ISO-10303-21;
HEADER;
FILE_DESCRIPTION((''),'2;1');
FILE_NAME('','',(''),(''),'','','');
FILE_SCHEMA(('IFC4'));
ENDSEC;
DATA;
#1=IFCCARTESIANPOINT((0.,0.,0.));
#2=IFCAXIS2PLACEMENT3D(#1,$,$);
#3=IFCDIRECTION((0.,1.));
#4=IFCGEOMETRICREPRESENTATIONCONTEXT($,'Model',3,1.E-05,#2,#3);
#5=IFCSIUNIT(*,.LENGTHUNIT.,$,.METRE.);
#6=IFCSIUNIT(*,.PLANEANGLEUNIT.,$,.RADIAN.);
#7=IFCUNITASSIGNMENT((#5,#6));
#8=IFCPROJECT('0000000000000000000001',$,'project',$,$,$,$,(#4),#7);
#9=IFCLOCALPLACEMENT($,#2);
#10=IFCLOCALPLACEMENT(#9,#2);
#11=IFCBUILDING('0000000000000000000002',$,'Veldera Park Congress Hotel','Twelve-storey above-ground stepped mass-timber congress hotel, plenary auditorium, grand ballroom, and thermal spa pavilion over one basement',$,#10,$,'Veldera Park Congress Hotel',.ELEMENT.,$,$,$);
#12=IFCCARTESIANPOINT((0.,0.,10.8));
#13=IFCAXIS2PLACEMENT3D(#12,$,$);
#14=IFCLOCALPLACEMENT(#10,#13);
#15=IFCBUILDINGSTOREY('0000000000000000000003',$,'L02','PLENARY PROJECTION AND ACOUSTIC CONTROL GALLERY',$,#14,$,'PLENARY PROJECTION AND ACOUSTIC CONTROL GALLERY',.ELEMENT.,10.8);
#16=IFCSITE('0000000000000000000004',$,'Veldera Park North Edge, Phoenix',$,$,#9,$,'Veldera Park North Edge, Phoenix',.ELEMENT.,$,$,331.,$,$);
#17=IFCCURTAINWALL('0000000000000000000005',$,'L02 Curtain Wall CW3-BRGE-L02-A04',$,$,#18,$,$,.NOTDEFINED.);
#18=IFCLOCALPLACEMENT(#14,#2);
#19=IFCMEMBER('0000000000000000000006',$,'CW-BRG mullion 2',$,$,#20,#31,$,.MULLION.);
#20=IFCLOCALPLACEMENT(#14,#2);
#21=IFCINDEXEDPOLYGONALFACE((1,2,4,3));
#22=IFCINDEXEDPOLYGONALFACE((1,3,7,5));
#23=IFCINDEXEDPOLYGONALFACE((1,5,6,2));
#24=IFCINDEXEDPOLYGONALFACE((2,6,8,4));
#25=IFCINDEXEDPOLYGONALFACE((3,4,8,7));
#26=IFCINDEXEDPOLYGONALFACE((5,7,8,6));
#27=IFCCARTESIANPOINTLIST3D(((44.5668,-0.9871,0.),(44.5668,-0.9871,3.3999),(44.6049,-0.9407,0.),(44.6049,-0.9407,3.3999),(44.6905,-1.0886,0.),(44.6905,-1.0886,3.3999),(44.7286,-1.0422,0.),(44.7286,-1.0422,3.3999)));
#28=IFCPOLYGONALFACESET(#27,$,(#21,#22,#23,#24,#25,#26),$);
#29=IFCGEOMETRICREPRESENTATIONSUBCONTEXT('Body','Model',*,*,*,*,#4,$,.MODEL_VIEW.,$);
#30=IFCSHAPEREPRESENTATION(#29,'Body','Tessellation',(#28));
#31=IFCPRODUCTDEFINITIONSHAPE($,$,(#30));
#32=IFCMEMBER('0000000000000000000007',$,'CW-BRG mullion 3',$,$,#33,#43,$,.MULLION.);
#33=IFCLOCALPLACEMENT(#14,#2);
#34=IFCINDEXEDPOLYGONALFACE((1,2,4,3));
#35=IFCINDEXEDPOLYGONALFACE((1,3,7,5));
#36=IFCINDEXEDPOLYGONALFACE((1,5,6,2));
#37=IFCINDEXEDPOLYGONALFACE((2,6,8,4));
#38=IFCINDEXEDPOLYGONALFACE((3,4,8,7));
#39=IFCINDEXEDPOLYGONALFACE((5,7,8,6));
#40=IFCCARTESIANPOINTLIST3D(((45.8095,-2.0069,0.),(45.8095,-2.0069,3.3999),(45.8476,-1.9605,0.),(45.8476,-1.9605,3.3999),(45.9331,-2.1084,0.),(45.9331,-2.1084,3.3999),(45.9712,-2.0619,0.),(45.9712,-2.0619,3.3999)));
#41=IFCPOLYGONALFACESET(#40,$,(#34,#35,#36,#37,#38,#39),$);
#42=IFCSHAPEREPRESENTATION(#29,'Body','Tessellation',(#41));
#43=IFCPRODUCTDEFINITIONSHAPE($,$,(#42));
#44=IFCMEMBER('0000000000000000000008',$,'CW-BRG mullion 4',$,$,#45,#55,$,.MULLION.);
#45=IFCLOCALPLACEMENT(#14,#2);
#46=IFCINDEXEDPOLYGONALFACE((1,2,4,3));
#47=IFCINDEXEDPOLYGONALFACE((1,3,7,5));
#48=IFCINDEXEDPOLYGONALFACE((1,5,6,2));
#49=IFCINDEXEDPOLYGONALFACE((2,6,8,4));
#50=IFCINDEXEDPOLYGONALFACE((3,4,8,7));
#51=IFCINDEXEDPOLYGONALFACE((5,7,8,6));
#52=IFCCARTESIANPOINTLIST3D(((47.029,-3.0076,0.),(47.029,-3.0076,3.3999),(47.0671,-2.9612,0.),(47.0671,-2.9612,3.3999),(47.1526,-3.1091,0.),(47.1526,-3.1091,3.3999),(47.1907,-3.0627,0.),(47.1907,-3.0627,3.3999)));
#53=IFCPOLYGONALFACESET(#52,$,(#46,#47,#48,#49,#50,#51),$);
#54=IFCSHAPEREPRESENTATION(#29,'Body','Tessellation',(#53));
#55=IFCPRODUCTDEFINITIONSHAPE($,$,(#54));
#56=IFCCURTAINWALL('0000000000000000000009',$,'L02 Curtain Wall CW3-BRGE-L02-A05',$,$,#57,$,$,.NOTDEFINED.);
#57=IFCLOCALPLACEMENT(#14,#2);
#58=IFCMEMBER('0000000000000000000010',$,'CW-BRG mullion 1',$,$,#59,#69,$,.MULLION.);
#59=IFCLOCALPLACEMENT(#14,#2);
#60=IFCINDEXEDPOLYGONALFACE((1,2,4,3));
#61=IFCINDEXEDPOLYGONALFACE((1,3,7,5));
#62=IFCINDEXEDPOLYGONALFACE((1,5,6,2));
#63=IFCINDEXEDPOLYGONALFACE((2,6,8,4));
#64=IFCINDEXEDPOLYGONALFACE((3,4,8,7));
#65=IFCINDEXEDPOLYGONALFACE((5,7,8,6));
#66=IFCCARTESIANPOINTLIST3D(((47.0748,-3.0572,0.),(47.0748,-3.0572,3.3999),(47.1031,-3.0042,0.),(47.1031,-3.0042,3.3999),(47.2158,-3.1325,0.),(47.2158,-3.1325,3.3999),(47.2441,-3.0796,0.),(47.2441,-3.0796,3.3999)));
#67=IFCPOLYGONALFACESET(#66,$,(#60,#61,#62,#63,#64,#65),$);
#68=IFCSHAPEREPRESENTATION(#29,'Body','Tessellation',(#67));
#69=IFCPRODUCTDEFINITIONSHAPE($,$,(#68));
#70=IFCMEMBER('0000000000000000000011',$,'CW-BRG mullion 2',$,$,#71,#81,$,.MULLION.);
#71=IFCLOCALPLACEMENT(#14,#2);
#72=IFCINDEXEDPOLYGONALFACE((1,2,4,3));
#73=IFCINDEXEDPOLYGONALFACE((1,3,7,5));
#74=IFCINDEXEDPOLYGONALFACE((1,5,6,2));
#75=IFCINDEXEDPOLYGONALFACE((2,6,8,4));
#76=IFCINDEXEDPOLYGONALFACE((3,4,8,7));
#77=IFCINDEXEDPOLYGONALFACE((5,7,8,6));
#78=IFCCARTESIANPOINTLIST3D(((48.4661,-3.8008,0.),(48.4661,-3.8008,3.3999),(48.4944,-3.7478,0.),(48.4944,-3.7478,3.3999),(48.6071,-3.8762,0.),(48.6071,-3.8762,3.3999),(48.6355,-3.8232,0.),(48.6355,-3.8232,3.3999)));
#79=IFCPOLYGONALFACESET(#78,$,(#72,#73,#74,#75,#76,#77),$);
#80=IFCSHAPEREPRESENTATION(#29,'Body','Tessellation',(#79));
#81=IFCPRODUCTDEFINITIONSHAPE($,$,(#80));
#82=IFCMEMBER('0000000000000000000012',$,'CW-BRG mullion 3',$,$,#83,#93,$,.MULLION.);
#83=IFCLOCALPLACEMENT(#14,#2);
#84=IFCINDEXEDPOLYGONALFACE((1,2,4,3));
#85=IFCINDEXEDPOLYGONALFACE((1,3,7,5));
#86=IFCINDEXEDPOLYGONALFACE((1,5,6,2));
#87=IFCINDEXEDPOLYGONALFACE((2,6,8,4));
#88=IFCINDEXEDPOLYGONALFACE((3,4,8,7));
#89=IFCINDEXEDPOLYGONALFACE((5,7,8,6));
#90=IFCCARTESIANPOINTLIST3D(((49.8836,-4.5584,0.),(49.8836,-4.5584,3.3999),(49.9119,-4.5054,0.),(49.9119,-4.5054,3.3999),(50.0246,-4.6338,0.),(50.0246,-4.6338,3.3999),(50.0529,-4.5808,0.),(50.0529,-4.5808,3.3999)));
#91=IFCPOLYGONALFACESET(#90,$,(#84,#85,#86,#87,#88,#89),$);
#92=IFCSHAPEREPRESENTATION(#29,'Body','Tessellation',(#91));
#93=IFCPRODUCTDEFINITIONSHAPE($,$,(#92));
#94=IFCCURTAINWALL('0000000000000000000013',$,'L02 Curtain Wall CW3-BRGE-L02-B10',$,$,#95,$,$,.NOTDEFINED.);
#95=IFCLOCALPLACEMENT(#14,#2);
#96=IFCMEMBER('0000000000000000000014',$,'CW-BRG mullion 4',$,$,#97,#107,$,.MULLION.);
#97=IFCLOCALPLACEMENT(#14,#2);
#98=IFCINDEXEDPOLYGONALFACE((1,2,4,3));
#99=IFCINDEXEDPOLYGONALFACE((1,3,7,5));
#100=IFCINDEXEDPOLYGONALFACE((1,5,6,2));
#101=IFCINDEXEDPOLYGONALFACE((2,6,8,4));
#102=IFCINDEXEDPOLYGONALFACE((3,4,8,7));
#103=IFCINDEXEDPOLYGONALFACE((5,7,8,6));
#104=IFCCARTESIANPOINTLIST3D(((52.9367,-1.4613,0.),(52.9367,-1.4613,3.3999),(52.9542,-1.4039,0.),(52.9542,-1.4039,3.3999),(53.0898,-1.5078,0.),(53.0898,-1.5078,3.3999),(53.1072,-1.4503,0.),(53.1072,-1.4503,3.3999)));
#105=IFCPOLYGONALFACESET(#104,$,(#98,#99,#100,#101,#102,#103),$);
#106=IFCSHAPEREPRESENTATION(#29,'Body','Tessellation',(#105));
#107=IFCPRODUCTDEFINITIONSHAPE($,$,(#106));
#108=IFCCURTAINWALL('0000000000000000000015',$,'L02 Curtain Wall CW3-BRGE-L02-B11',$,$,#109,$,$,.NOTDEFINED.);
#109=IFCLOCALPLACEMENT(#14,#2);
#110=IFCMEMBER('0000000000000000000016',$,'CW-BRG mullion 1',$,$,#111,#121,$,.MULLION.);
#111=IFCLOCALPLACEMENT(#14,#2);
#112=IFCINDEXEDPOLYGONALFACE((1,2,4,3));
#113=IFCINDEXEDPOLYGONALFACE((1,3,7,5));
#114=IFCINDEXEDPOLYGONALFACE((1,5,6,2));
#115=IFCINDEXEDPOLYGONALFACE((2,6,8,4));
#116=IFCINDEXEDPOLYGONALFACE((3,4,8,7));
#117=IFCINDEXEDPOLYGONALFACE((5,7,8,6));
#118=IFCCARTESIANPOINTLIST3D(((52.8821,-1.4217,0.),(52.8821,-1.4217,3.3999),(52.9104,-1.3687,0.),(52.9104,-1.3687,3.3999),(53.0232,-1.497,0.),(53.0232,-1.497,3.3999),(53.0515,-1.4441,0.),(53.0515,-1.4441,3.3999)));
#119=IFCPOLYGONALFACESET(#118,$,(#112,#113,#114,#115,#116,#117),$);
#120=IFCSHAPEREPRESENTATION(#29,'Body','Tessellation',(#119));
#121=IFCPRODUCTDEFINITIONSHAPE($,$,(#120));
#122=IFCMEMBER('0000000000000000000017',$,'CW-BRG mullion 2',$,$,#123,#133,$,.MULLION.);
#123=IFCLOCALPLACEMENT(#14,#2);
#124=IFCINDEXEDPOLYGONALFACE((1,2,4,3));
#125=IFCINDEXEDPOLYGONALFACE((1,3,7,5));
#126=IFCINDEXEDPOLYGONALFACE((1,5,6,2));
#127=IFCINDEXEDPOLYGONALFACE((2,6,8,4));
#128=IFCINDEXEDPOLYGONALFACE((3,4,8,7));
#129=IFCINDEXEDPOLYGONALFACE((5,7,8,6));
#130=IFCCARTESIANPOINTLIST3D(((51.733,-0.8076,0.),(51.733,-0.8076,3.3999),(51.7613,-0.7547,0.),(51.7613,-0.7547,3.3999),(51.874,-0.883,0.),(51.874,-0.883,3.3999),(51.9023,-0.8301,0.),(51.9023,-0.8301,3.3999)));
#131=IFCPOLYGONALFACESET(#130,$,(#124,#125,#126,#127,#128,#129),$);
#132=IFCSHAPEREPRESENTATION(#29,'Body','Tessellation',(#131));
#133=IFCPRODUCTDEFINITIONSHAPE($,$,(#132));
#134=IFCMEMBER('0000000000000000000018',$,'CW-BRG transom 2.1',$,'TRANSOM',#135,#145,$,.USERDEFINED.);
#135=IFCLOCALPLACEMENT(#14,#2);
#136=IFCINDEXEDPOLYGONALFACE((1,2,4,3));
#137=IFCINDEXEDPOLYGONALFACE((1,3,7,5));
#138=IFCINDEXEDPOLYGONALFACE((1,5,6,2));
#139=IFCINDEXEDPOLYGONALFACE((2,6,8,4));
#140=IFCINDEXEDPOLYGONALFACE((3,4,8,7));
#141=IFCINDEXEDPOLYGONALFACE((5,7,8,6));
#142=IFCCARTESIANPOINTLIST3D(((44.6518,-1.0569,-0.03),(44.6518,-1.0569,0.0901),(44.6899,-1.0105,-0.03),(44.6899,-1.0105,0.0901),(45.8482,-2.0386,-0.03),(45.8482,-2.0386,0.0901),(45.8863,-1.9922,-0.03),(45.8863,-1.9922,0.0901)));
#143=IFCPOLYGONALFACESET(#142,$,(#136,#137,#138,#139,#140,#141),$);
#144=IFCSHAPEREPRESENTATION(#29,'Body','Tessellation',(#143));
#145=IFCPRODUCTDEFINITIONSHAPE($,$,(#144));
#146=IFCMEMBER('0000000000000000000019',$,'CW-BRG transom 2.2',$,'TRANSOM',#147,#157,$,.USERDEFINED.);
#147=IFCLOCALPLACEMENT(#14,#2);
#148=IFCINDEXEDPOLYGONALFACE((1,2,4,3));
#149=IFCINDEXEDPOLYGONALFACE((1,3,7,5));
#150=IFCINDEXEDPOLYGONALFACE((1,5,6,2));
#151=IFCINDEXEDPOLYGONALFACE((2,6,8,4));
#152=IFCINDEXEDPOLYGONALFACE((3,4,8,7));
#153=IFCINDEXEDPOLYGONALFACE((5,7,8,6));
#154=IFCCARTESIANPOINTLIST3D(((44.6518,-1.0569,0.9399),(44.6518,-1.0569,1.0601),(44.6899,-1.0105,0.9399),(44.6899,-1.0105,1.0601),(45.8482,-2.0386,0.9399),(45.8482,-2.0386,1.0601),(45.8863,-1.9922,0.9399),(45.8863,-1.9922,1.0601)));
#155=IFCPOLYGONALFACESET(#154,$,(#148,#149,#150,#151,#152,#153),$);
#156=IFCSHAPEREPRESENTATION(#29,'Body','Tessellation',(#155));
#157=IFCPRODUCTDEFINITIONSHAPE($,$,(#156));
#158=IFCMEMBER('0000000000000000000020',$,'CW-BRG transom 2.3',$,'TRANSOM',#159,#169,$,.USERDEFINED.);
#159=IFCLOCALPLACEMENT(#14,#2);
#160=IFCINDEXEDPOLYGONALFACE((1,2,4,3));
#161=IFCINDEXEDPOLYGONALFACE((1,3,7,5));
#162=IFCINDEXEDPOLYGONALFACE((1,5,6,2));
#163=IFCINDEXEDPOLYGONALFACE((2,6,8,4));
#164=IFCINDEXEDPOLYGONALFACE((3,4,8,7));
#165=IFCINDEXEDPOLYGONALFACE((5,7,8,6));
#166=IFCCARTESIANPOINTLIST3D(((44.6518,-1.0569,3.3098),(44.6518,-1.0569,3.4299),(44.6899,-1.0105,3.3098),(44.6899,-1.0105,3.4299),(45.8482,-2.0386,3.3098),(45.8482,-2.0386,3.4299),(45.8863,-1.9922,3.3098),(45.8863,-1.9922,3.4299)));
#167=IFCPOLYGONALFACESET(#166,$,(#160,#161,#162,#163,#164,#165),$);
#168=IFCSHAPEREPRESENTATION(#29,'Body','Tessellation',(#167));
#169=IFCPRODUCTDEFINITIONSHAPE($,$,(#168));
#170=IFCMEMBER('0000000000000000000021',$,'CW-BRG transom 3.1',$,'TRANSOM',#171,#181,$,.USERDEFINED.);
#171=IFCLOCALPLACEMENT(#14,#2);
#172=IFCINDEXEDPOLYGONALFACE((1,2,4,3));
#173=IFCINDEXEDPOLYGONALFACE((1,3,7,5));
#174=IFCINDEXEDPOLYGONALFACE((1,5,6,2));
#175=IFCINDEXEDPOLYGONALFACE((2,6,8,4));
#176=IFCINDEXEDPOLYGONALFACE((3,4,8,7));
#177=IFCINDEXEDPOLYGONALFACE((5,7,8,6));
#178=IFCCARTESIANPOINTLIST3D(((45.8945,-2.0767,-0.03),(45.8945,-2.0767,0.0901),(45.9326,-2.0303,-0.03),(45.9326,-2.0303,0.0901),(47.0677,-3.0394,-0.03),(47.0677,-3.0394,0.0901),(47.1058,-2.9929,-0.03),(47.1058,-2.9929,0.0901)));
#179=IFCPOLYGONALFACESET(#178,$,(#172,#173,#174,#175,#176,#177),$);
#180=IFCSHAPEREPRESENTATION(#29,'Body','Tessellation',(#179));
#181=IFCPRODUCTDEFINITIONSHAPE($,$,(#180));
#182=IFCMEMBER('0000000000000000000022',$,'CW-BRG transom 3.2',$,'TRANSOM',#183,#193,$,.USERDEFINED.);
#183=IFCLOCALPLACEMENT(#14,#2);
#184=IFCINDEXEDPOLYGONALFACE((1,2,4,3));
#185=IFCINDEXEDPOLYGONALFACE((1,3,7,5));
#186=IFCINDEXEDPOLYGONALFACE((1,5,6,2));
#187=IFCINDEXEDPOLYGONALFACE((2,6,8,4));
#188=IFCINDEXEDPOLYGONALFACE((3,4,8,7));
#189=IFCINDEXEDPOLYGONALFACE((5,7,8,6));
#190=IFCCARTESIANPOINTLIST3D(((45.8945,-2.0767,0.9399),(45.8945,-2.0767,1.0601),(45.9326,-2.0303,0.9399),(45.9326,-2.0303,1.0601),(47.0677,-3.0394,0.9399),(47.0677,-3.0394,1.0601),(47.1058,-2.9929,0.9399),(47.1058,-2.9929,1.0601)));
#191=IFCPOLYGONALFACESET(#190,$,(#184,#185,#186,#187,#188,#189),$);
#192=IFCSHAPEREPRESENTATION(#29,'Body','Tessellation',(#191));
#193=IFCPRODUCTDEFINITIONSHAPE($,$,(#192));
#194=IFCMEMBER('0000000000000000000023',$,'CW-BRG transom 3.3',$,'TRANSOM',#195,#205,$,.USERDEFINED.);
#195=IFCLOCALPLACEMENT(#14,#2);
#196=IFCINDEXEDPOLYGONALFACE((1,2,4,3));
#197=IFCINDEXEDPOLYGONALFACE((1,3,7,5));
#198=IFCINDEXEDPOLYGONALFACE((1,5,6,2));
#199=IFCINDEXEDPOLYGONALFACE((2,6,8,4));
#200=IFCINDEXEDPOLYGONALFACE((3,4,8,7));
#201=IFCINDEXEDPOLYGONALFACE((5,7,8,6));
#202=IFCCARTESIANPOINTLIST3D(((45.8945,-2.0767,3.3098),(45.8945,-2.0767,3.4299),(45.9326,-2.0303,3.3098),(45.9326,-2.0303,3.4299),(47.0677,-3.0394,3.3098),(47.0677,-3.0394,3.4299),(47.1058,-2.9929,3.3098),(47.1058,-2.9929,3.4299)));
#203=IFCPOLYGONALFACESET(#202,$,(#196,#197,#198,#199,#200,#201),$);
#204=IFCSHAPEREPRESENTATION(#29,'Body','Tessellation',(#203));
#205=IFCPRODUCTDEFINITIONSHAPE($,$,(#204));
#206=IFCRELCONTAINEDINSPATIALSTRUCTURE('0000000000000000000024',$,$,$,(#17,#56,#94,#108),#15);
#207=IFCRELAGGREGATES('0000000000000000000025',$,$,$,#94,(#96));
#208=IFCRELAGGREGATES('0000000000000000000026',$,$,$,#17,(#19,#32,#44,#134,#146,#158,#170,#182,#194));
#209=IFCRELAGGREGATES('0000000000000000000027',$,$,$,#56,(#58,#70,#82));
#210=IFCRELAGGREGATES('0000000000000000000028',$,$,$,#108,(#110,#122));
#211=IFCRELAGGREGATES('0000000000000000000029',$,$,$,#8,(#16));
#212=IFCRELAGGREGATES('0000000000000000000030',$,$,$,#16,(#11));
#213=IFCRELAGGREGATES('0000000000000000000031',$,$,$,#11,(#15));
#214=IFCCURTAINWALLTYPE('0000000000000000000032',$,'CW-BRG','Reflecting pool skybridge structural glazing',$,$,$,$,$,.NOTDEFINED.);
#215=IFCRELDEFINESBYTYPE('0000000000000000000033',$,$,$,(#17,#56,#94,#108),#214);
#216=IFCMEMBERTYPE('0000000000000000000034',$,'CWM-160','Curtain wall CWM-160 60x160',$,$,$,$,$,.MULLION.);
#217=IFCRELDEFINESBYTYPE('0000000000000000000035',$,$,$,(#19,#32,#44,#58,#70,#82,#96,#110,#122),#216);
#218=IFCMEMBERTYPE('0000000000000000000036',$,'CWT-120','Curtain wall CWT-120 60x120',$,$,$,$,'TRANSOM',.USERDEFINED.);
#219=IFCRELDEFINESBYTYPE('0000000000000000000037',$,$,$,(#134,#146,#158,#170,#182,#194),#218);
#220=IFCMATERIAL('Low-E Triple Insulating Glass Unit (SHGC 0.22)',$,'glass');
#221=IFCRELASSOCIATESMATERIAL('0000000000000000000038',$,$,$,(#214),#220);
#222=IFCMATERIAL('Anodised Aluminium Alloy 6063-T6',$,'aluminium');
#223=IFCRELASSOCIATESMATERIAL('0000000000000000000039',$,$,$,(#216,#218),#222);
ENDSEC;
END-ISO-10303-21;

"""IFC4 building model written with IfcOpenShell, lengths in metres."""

from ifc_helpers import new_model, si_unit, direction, frame, origin, origin_2d, place, context, subcontext, project, spatial, rectangle, extrude, material, material_profile, profile_set, type_object, element, aggregate, save


model = new_model("IFC4")

# Units and contexts
model_context = context("Model", 3, precision=1e-05, world=origin(), true_north=direction((0.0, 1.0)))
body_context = subcontext(model_context, "Body", "Model", "MODEL_VIEW")
ifc_project = project(units=[si_unit("LENGTHUNIT", "METRE"), si_unit("PLANEANGLEUNIT", "RADIAN")], contexts=[model_context])

# Site, building, storey
site_placement = place(None, origin())
site = spatial("IfcSite", under=ifc_project, at=site_placement, Name="Veldera Park North Edge, Phoenix", LongName="Veldera Park North Edge, Phoenix", CompositionType="ELEMENT", RefElevation=331.0)
building_placement = place(site_placement, origin())
building = spatial("IfcBuilding", under=site, at=building_placement, Name="Veldera Park Congress Hotel", Description="Twelve-storey above-ground stepped mass-timber congress hotel, plenary auditorium, grand ballroom, and thermal spa pavilion over one basement", LongName="Veldera Park Congress Hotel", CompositionType="ELEMENT")
storey_placement = place(building_placement, frame((0.0, 0.0, 10.8)))
storey = spatial("IfcBuildingStorey", under=building, at=storey_placement, Name="L02", Description="PLENARY PROJECTION AND ACOUSTIC CONTROL GALLERY", LongName="PLENARY PROJECTION AND ACOUSTIC CONTROL GALLERY", CompositionType="ELEMENT", Elevation=10.8)

# Curtain walls, members
ifc_material_1 = material(Name="Low-E Triple Insulating Glass Unit (SHGC 0.22)", Category="glass")
curtain_wall_type = type_object("IfcCurtainWallType", Name="CW-BRG", Description="Reflecting pool skybridge structural glazing", PredefinedType="NOTDEFINED", material=ifc_material_1)
curtain_wall_1_placement = place(storey_placement, origin())
curtain_wall_1 = element("IfcCurtainWall", 1, at=curtain_wall_1_placement, inside=storey, type_object=curtain_wall_type, Name="L02 Curtain Wall CW3-BRGE-L02-A04", PredefinedType="NOTDEFINED")
ifc_material_2 = material(Name="Anodised Aluminium Alloy 6063-T6", Category="aluminium")
ifc_material_profile_1 = material_profile(ifc_material_2, rectangle(XDim=0.0601, YDim=0.1599, at=origin_2d()), Name="ALU 60x160")
ifc_profile_set_1 = profile_set([ifc_material_profile_1], Name="Anodised Aluminium Alloy 6063-T6")
member_type_1 = type_object("IfcMemberType", Name="CWM-160", Description="Curtain wall CWM-160 60x160", PredefinedType="MULLION", material=ifc_profile_set_1)
member_1_placement = place(storey_placement, frame((44.6477, -1.0146, 0.0), z_axis=(0.0, 0.0, 1.0), x_axis=(0.634402, 0.773003, 0.0)))
member_1 = element("IfcMember", 2, at=member_1_placement, type_object=member_type_1, Name="CW-BRG mullion 2", PredefinedType="MULLION", context=body_context, shape_type="SweptSolid", body=[
    extrude(rectangle(XDim=0.0601, YDim=0.1599, at=origin_2d()), origin(), (0.0, 0.0, 1.0), 3.3999),
])
member_2_placement = place(storey_placement, frame((45.8904, -2.0344, 0.0), z_axis=(0.0, 0.0, 1.0), x_axis=(0.634402, 0.773003, 0.0)))
member_2 = element("IfcMember", 3, at=member_2_placement, type_object=member_type_1, Name="CW-BRG mullion 3", PredefinedType="MULLION", context=body_context, shape_type="SweptSolid", body=[
    extrude(rectangle(XDim=0.0601, YDim=0.1599, at=origin_2d()), origin(), (0.0, 0.0, 1.0), 3.3999),
])
member_3_placement = place(storey_placement, frame((47.1099, -3.0352, 0.0), z_axis=(0.0, 0.0, 1.0), x_axis=(0.634402, 0.773003, 0.0)))
member_3 = element("IfcMember", 4, at=member_3_placement, type_object=member_type_1, Name="CW-BRG mullion 4", PredefinedType="MULLION", context=body_context, shape_type="SweptSolid", body=[
    extrude(rectangle(XDim=0.0601, YDim=0.1599, at=origin_2d()), origin(), (0.0, 0.0, 1.0), 3.3999),
])
curtain_wall_2_placement = place(storey_placement, origin())
curtain_wall_2 = element("IfcCurtainWall", 5, at=curtain_wall_2_placement, inside=storey, type_object=curtain_wall_type, Name="L02 Curtain Wall CW3-BRGE-L02-A05", PredefinedType="NOTDEFINED")
member_4_placement = place(storey_placement, frame((47.1594, -3.0684, 0.0), z_axis=(0.0, 0.0, 1.0), x_axis=(0.471385, 0.881928, 0.0)))
member_4 = element("IfcMember", 6, at=member_4_placement, type_object=member_type_1, Name="CW-BRG mullion 1", PredefinedType="MULLION", context=body_context, shape_type="SweptSolid", body=[
    extrude(rectangle(XDim=0.0601, YDim=0.1599, at=origin_2d()), origin(), (0.0, 0.0, 1.0), 3.3999),
])
member_5_placement = place(storey_placement, frame((48.5508, -3.812, 0.0), z_axis=(0.0, 0.0, 1.0), x_axis=(0.471385, 0.881928, 0.0)))
member_5 = element("IfcMember", 7, at=member_5_placement, type_object=member_type_1, Name="CW-BRG mullion 2", PredefinedType="MULLION", context=body_context, shape_type="SweptSolid", body=[
    extrude(rectangle(XDim=0.0601, YDim=0.1599, at=origin_2d()), origin(), (0.0, 0.0, 1.0), 3.3999),
])
member_6_placement = place(storey_placement, frame((49.9683, -4.5696, 0.0), z_axis=(0.0, 0.0, 1.0), x_axis=(0.471385, 0.881928, 0.0)))
member_6 = element("IfcMember", 8, at=member_6_placement, type_object=member_type_1, Name="CW-BRG mullion 3", PredefinedType="MULLION", context=body_context, shape_type="SweptSolid", body=[
    extrude(rectangle(XDim=0.0601, YDim=0.1599, at=origin_2d()), origin(), (0.0, 0.0, 1.0), 3.3999),
])

# Curtain wall, member
curtain_wall_3_placement = place(storey_placement, origin())
curtain_wall_3 = element("IfcCurtainWall", 9, at=curtain_wall_3_placement, inside=storey, type_object=curtain_wall_type, Name="L02 Curtain Wall CW3-BRGE-L02-B10", PredefinedType="NOTDEFINED")
member_7_placement = place(storey_placement, frame((53.022, -1.4558, 0.0), z_axis=(0.0, 0.0, 1.0), x_axis=(-0.29029, -0.956939, 0.0)))
member_7 = element("IfcMember", 10, at=member_7_placement, type_object=member_type_1, Name="CW-BRG mullion 4", PredefinedType="MULLION", context=body_context, shape_type="SweptSolid", body=[
    extrude(rectangle(XDim=0.0601, YDim=0.1599, at=origin_2d()), origin(), (0.0, 0.0, 1.0), 3.3999),
])
aggregate(curtain_wall_3, [member_7])

# Curtain wall, members
curtain_wall_4_placement = place(storey_placement, origin())
curtain_wall_4 = element("IfcCurtainWall", 11, at=curtain_wall_4_placement, inside=storey, type_object=curtain_wall_type, Name="L02 Curtain Wall CW3-BRGE-L02-B11", PredefinedType="NOTDEFINED")
member_8_placement = place(storey_placement, frame((52.9668, -1.4329, 0.0), z_axis=(0.0, 0.0, 1.0), x_axis=(-0.471384, -0.881928, 0.0)))
member_8 = element("IfcMember", 12, at=member_8_placement, type_object=member_type_1, Name="CW-BRG mullion 1", PredefinedType="MULLION", context=body_context, shape_type="SweptSolid", body=[
    extrude(rectangle(XDim=0.0601, YDim=0.1599, at=origin_2d()), origin(), (0.0, 0.0, 1.0), 3.3999),
])
member_9_placement = place(storey_placement, frame((51.8176, -0.8188, 0.0), z_axis=(0.0, 0.0, 1.0), x_axis=(-0.471384, -0.881928, 0.0)))
member_9 = element("IfcMember", 13, at=member_9_placement, type_object=member_type_1, Name="CW-BRG mullion 2", PredefinedType="MULLION", context=body_context, shape_type="SweptSolid", body=[
    extrude(rectangle(XDim=0.0601, YDim=0.1599, at=origin_2d()), origin(), (0.0, 0.0, 1.0), 3.3999),
])

# Members
ifc_material_profile_2 = material_profile(ifc_material_2, rectangle(XDim=0.0601, YDim=0.1201, at=origin_2d()), Name="ALU 60x120")
ifc_profile_set_2 = profile_set([ifc_material_profile_2], Name="Anodised Aluminium Alloy 6063-T6")
member_type_2 = type_object("IfcMemberType", Name="CWT-120", Description="Curtain wall CWT-120 60x120", ElementType="TRANSOM", PredefinedType="USERDEFINED", material=ifc_profile_set_2)
member_10_placement = place(storey_placement, frame((44.6709, -1.0337, 0.03), z_axis=(0.773036, -0.634363, 0.0), x_axis=(0.634363, 0.773036, 0.0)))
member_10 = element("IfcMember", 14, at=member_10_placement, type_object=member_type_2, Name="CW-BRG transom 2.1", ObjectType="TRANSOM", PredefinedType="USERDEFINED", context=body_context, shape_type="SweptSolid", body=[
    extrude(rectangle(XDim=0.0601, YDim=0.1201, at=origin_2d()), origin(), (0.0, 0.0, 1.0), 1.5476),
])
member_11_placement = place(storey_placement, frame((44.6709, -1.0337, 1.0), z_axis=(0.773036, -0.634363, 0.0), x_axis=(0.634363, 0.773036, 0.0)))
member_11 = element("IfcMember", 15, at=member_11_placement, type_object=member_type_2, Name="CW-BRG transom 2.2", ObjectType="TRANSOM", PredefinedType="USERDEFINED", context=body_context, shape_type="SweptSolid", body=[
    extrude(rectangle(XDim=0.0601, YDim=0.1201, at=origin_2d()), origin(), (0.0, 0.0, 1.0), 1.5476),
])
member_12_placement = place(storey_placement, frame((44.6709, -1.0337, 3.3699), z_axis=(0.773036, -0.634363, 0.0), x_axis=(0.634363, 0.773036, 0.0)))
member_12 = element("IfcMember", 16, at=member_12_placement, type_object=member_type_2, Name="CW-BRG transom 2.3", ObjectType="TRANSOM", PredefinedType="USERDEFINED", context=body_context, shape_type="SweptSolid", body=[
    extrude(rectangle(XDim=0.0601, YDim=0.1201, at=origin_2d()), origin(), (0.0, 0.0, 1.0), 1.5476),
])
member_13_placement = place(storey_placement, frame((45.9136, -2.0535, 0.03), z_axis=(0.773039, -0.634359, 0.0), x_axis=(0.634359, 0.773039, 0.0)))
member_13 = element("IfcMember", 17, at=member_13_placement, type_object=member_type_2, Name="CW-BRG transom 3.1", ObjectType="TRANSOM", PredefinedType="USERDEFINED", context=body_context, shape_type="SweptSolid", body=[
    extrude(rectangle(XDim=0.0601, YDim=0.1201, at=origin_2d()), origin(), (0.0, 0.0, 1.0), 1.5176),
])
member_14_placement = place(storey_placement, frame((45.9136, -2.0535, 1.0), z_axis=(0.773039, -0.634359, 0.0), x_axis=(0.634359, 0.773039, 0.0)))
member_14 = element("IfcMember", 18, at=member_14_placement, type_object=member_type_2, Name="CW-BRG transom 3.2", ObjectType="TRANSOM", PredefinedType="USERDEFINED", context=body_context, shape_type="SweptSolid", body=[
    extrude(rectangle(XDim=0.0601, YDim=0.1201, at=origin_2d()), origin(), (0.0, 0.0, 1.0), 1.5176),
])
member_15_placement = place(storey_placement, frame((45.9136, -2.0535, 3.3699), z_axis=(0.773039, -0.634359, 0.0), x_axis=(0.634359, 0.773039, 0.0)))
member_15 = element("IfcMember", 19, at=member_15_placement, type_object=member_type_2, Name="CW-BRG transom 3.3", ObjectType="TRANSOM", PredefinedType="USERDEFINED", context=body_context, shape_type="SweptSolid", body=[
    extrude(rectangle(XDim=0.0601, YDim=0.1201, at=origin_2d()), origin(), (0.0, 0.0, 1.0), 1.5176),
])

aggregate(curtain_wall_1, [member_1, member_2, member_3, member_10, member_11, member_12, member_13, member_14, member_15])
aggregate(curtain_wall_2, [member_4, member_5, member_6])
aggregate(curtain_wall_4, [member_8, member_9])

save(model, "model.ifc")
